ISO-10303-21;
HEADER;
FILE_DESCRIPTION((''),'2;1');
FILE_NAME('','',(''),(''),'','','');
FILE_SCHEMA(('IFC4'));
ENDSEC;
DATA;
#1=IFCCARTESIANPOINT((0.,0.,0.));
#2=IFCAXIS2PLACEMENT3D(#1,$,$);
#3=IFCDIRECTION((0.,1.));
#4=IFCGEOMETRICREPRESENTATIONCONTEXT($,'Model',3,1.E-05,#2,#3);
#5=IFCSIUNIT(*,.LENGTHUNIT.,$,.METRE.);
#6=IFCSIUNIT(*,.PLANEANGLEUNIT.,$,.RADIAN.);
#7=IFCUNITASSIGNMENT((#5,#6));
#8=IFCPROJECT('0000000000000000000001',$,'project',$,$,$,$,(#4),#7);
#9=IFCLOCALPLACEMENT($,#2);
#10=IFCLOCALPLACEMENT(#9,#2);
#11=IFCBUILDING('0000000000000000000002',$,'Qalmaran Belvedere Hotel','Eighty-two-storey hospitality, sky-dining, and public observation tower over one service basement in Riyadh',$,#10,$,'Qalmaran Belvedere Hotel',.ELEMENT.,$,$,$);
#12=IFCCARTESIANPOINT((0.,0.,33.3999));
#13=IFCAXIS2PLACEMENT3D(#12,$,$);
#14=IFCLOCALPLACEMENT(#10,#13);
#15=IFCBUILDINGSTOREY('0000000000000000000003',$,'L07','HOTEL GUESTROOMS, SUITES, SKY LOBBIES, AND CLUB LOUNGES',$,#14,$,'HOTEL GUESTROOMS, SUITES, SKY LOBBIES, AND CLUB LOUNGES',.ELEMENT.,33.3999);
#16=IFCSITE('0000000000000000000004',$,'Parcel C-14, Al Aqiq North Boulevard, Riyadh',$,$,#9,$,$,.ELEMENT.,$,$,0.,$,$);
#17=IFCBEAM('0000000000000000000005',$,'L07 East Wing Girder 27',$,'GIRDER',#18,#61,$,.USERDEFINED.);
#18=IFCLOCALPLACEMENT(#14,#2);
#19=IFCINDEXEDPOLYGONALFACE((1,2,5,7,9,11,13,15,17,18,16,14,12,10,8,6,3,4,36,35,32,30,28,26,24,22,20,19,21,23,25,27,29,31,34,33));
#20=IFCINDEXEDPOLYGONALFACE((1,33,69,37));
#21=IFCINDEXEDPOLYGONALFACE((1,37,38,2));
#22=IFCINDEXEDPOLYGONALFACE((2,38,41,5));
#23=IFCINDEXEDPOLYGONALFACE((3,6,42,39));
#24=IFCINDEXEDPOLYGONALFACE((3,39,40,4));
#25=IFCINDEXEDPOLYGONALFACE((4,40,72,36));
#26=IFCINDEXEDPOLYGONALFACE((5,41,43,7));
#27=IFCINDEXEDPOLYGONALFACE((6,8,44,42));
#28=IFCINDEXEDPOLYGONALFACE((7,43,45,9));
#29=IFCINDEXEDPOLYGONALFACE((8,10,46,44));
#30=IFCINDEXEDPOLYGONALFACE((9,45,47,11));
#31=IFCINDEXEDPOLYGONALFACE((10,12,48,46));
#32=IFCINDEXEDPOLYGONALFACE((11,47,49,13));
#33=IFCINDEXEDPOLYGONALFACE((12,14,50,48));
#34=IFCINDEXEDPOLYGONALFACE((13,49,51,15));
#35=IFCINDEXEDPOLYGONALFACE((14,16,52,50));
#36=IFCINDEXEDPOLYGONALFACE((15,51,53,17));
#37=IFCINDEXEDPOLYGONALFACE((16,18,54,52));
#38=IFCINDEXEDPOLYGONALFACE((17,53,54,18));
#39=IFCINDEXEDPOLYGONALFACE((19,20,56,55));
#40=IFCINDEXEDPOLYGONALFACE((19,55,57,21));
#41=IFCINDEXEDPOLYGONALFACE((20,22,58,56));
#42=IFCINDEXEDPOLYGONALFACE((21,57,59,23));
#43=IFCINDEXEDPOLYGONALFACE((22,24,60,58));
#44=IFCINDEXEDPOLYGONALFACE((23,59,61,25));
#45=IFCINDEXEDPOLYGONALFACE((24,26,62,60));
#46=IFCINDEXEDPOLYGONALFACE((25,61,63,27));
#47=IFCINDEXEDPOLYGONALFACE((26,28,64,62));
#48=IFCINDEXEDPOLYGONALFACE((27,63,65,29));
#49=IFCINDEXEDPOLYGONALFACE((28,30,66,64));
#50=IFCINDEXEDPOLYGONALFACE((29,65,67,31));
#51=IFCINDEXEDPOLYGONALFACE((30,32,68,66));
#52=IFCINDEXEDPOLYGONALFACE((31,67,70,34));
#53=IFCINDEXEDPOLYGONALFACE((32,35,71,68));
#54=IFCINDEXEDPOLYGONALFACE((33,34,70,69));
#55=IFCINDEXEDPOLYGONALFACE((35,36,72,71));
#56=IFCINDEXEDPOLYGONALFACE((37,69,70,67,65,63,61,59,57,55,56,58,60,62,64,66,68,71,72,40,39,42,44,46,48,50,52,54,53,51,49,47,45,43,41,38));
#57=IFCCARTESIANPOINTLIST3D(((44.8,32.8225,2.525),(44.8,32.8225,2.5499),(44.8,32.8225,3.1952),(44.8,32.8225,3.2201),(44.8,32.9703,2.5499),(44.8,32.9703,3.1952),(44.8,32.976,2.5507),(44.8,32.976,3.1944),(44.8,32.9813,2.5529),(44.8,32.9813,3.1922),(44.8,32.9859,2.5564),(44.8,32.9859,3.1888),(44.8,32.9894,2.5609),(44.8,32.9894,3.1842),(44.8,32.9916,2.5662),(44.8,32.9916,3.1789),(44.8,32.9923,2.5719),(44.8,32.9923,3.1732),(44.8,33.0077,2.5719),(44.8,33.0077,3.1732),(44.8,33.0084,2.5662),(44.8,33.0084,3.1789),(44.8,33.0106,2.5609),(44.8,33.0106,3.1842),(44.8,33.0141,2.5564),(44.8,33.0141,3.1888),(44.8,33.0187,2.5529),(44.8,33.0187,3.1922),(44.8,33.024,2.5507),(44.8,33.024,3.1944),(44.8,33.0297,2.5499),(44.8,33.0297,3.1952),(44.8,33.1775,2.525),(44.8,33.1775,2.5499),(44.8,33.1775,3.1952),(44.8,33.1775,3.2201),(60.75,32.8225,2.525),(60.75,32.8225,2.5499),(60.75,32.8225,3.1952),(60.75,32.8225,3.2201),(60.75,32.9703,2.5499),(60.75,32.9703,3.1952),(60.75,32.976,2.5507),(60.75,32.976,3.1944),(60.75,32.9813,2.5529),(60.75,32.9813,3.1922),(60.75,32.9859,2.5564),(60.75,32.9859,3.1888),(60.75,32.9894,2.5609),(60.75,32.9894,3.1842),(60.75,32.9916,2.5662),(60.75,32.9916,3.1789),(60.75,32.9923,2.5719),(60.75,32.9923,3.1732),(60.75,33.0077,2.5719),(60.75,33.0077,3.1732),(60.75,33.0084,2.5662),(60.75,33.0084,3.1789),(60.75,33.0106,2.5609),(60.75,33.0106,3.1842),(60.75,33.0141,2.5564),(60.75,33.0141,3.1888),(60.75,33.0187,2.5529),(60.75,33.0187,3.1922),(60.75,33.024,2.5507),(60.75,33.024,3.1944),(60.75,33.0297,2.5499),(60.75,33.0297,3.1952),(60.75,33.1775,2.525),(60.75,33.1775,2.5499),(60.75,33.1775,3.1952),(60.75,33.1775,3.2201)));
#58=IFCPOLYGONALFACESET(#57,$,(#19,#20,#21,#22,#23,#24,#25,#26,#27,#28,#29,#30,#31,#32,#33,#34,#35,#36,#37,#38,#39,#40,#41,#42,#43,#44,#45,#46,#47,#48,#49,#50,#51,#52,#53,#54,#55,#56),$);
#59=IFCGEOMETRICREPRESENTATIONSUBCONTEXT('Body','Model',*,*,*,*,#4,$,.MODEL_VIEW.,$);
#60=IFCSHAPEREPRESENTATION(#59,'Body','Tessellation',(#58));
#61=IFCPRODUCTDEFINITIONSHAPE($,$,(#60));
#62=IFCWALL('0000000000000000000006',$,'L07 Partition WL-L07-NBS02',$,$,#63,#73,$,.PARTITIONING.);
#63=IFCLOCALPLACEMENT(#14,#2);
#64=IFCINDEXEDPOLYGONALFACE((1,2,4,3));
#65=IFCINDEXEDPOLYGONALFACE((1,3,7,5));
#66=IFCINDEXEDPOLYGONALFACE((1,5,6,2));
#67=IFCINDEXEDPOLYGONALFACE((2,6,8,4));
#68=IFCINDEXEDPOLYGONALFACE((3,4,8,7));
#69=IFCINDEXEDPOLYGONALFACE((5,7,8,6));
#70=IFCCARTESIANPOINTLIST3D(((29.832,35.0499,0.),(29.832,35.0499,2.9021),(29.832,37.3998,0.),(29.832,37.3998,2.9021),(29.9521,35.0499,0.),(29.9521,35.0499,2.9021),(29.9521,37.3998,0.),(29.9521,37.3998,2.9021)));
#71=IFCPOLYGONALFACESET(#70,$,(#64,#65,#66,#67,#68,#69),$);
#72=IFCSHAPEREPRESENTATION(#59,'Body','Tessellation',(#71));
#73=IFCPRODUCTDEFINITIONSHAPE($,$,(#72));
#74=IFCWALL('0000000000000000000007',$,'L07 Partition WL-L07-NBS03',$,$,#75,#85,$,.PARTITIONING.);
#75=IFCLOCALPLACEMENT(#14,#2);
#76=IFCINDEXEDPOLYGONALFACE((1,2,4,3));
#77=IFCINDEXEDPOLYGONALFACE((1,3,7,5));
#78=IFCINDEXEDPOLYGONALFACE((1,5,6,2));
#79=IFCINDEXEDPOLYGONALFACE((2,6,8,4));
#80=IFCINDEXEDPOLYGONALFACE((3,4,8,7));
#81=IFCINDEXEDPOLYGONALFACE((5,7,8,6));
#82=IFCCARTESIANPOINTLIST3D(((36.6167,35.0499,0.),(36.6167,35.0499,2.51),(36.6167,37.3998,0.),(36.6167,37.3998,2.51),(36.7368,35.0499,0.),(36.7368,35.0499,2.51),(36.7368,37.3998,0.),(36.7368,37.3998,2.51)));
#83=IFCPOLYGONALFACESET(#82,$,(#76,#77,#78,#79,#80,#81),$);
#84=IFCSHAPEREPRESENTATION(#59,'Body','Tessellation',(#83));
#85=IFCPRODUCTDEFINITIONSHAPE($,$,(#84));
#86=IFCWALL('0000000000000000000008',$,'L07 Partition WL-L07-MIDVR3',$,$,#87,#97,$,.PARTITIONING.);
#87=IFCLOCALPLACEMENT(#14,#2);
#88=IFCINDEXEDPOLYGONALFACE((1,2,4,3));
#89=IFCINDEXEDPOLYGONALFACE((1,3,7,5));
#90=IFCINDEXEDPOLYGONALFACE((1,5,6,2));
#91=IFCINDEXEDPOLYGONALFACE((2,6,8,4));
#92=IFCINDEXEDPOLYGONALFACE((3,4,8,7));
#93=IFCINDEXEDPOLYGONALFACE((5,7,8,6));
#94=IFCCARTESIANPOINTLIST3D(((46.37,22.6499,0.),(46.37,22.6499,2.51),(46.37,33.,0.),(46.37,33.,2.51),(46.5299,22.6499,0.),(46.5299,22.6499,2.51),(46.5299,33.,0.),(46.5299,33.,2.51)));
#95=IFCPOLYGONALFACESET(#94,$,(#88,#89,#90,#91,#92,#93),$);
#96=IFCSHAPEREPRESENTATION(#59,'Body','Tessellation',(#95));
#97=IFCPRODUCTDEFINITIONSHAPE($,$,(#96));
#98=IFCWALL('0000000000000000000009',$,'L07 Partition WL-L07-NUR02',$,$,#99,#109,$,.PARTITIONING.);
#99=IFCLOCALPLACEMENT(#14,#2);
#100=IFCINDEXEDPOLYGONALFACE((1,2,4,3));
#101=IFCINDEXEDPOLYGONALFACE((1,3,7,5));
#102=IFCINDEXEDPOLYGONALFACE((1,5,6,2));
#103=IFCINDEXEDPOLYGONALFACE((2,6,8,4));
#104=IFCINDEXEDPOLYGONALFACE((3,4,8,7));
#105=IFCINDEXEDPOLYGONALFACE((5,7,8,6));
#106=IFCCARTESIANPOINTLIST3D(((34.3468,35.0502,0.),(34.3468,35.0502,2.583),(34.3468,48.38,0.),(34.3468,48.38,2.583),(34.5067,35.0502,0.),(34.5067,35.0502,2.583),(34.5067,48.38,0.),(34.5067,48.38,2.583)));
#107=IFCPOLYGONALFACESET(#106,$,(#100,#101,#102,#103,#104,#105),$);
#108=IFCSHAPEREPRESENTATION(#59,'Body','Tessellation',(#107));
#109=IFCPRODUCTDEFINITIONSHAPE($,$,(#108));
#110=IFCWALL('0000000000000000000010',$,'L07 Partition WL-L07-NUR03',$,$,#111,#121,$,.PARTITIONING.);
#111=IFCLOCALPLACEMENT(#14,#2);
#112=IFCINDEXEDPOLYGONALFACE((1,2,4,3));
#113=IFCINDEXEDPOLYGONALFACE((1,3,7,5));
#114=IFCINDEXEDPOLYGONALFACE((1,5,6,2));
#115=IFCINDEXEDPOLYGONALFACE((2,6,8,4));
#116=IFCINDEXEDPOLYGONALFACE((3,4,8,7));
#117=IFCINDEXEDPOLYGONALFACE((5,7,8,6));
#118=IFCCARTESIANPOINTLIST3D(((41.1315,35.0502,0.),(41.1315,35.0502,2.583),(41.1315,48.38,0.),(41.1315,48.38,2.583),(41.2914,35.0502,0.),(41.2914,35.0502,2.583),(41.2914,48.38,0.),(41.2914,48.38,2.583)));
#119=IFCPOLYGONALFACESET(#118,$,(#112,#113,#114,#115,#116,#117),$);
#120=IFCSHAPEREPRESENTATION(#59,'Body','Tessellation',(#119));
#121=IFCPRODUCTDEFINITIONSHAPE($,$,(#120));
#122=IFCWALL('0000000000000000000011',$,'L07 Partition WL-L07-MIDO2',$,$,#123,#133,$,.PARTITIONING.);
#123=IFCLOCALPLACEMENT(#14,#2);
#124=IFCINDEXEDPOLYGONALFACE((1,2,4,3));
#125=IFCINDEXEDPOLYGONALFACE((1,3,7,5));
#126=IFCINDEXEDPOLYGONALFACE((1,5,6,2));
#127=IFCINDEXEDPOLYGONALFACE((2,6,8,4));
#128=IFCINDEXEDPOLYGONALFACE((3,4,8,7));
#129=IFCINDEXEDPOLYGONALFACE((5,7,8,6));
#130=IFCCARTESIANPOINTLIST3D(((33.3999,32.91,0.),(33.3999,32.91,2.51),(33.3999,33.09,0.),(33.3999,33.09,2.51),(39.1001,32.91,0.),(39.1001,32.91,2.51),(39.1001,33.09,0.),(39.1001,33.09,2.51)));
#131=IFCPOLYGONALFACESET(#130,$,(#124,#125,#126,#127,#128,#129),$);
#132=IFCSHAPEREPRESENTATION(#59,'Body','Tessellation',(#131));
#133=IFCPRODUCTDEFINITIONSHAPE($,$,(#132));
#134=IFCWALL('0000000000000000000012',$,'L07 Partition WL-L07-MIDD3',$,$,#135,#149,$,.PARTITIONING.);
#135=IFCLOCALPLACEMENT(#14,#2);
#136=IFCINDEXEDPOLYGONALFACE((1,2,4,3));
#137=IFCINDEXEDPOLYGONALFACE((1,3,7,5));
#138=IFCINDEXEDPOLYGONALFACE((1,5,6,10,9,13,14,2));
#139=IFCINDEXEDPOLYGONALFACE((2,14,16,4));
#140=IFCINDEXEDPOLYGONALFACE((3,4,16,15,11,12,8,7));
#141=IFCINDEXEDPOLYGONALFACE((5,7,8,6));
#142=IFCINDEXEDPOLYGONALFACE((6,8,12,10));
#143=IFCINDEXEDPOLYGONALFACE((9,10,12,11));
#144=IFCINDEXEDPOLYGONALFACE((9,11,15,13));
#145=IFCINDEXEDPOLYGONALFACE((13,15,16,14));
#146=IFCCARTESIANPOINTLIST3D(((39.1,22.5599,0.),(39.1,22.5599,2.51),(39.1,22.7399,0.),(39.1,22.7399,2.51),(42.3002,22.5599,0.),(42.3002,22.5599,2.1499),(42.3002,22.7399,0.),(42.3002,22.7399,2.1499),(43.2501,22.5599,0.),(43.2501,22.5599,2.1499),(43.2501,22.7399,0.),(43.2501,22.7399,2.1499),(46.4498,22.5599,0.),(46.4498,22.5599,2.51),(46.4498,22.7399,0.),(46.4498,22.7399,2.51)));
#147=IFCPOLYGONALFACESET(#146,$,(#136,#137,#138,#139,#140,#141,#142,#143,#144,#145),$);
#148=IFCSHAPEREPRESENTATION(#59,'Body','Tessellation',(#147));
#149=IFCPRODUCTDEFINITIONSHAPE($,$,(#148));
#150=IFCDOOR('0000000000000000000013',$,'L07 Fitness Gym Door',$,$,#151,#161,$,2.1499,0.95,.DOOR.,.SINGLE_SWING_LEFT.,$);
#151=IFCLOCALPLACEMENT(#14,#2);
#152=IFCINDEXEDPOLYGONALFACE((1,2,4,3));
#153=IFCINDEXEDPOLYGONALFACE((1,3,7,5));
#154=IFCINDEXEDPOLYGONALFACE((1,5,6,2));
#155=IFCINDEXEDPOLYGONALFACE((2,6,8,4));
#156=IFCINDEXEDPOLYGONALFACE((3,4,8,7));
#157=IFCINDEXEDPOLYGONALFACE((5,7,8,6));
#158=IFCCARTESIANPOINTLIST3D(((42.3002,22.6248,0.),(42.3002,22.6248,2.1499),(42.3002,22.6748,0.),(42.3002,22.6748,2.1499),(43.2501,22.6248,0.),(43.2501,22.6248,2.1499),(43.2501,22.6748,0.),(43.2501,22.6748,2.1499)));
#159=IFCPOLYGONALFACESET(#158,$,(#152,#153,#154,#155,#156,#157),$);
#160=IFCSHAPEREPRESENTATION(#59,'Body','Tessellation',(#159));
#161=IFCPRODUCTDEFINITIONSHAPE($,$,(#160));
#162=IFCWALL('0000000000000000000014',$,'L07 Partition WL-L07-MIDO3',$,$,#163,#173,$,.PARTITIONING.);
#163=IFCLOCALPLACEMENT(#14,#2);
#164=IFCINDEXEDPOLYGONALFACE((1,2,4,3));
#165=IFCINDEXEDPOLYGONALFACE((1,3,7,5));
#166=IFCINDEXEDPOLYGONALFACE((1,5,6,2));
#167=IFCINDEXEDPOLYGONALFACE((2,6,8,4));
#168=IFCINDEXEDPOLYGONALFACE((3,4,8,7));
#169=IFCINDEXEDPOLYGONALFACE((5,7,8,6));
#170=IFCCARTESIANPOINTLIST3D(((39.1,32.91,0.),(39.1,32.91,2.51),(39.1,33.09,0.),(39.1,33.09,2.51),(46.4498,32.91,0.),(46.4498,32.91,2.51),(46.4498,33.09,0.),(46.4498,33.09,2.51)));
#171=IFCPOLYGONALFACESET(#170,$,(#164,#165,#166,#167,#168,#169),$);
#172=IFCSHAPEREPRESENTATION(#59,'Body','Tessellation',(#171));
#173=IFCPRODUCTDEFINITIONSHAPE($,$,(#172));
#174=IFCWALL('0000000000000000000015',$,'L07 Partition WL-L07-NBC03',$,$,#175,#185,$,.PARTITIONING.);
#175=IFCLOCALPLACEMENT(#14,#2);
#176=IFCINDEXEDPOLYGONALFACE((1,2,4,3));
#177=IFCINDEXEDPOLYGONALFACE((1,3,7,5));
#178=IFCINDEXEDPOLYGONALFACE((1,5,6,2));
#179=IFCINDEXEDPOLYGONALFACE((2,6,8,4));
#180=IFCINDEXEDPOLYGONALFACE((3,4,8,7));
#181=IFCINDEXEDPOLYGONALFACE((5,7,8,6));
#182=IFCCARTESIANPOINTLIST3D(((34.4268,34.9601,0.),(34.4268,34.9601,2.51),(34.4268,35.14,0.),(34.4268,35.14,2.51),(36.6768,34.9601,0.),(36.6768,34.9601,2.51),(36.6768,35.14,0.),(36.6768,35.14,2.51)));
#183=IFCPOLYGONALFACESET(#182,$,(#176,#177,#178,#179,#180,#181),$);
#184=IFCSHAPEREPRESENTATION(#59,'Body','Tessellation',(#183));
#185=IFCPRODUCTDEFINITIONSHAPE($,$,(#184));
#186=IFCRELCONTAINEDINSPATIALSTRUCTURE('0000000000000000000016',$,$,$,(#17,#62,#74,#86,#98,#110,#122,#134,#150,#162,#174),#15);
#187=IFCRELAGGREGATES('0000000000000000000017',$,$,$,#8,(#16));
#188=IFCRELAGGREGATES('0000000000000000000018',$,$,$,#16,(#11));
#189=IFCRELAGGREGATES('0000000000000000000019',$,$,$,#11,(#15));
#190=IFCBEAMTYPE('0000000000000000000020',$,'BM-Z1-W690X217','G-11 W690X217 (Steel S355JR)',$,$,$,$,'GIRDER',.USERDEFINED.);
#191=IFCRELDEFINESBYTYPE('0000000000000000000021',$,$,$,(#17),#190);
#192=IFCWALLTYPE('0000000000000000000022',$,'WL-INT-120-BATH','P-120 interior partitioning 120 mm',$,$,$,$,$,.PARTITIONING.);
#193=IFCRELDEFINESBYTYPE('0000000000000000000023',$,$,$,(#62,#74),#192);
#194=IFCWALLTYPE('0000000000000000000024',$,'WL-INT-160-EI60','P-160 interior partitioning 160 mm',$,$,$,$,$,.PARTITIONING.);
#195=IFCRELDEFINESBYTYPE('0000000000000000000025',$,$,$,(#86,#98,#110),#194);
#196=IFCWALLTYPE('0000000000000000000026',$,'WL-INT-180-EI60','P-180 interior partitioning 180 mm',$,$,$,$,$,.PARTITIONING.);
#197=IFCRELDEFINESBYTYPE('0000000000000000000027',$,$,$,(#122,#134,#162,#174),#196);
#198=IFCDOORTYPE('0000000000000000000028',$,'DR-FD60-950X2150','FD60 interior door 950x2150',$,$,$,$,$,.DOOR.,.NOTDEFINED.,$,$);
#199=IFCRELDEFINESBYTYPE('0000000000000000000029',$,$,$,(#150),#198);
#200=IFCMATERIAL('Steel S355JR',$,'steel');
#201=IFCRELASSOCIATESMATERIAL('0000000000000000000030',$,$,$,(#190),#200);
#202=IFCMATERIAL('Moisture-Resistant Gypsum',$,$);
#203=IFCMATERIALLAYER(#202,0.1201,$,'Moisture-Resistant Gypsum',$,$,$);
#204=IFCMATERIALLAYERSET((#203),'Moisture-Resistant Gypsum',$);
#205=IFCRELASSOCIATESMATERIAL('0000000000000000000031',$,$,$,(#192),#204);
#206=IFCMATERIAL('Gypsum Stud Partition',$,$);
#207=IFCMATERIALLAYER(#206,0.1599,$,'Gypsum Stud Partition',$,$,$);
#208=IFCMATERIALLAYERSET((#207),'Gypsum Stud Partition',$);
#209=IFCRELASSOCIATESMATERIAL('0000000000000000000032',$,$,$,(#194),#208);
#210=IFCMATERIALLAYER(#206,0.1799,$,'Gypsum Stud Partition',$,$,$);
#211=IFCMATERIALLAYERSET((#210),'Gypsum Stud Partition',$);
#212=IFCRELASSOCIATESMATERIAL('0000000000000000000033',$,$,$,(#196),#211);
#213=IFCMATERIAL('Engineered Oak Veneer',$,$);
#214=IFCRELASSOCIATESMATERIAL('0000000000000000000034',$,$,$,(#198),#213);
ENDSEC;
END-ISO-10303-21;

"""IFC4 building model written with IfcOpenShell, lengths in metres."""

from ifc_helpers import new_model, si_unit, direction, frame, frame_2d, origin, origin_2d, place, context, subcontext, project, spatial, rectangle, i_section, extrude, material, layer, layer_set, material_profile, profile_set, type_object, element, fill, save


model = new_model("IFC4")

# Units and contexts
model_context = context("Model", 3, precision=1e-05, world=origin(), true_north=direction((0.0, 1.0)))
body_context = subcontext(model_context, "Body", "Model", "MODEL_VIEW")
ifc_project = project(units=[si_unit("LENGTHUNIT", "METRE"), si_unit("PLANEANGLEUNIT", "RADIAN")], contexts=[model_context])

# Site, building, storey
site_placement = place(None, origin())
site = spatial("IfcSite", under=ifc_project, at=site_placement, Name="Parcel C-14, Al Aqiq North Boulevard, Riyadh", CompositionType="ELEMENT", RefElevation=0.0)
building_placement = place(site_placement, origin())
building = spatial("IfcBuilding", under=site, at=building_placement, Name="Qalmaran Belvedere Hotel", Description="Eighty-two-storey hospitality, sky-dining, and public observation tower over one service basement in Riyadh", LongName="Qalmaran Belvedere Hotel", CompositionType="ELEMENT")
storey_placement = place(building_placement, frame((0.0, 0.0, 33.3999)))
storey = spatial("IfcBuildingStorey", under=building, at=storey_placement, Name="L07", Description="HOTEL GUESTROOMS, SUITES, SKY LOBBIES, AND CLUB LOUNGES", LongName="HOTEL GUESTROOMS, SUITES, SKY LOBBIES, AND CLUB LOUNGES", CompositionType="ELEMENT", Elevation=33.3999)

# Beam
ifc_material_1 = material(Name="Steel S355JR", Category="steel")
ifc_material_profile_1 = material_profile(ifc_material_1, i_section(OverallWidth=0.355, OverallDepth=0.6951, WebThickness=0.0154, FlangeThickness=0.0249, FilletRadius=0.022, at=origin_2d()), Name="W690X217")
ifc_profile_set_1 = profile_set([ifc_material_profile_1], Name="Steel S355JR")
beam_type_1 = type_object("IfcBeamType", Name="BM-Z1-W690X217", Description="G-11 W690X217 (Steel S355JR)", ElementType="GIRDER", PredefinedType="USERDEFINED", material=ifc_profile_set_1)
beam_1_placement = place(storey_placement, frame((44.8, 33.0, 2.8726), z_axis=(1.0, 0.0, 0.0), x_axis=(0.0, 1.0, 0.0)))
element("IfcBeam", 1, at=beam_1_placement, inside=storey, type_object=beam_type_1, Name="L07 East Wing Girder 27", ObjectType="GIRDER", PredefinedType="USERDEFINED", context=body_context, shape_type="SweptSolid", body=[
    extrude(i_section(OverallWidth=0.355, OverallDepth=0.6951, WebThickness=0.0154, FlangeThickness=0.0249, FilletRadius=0.022, at=origin_2d()), origin(), (0.0, 0.0, 1.0), 15.95),
])

# Walls
ifc_material_2 = material(Name="Moisture-Resistant Gypsum")
ifc_layer_1 = layer(ifc_material_2, 0.1201, Name="Moisture-Resistant Gypsum")
ifc_layer_set_1 = layer_set([ifc_layer_1], Name="Moisture-Resistant Gypsum")
wall_type_1 = type_object("IfcWallType", Name="WL-INT-120-BATH", Description="P-120 interior partitioning 120 mm", PredefinedType="PARTITIONING", material=ifc_layer_set_1)
wall_1_placement = place(storey_placement, frame((29.8921, 35.05, 0.0), z_axis=(0.0, 0.0, 1.0), x_axis=(0.0, 1.0, 0.0)))
element("IfcWall", 2, at=wall_1_placement, inside=storey, type_object=wall_type_1, Name="L07 Partition WL-L07-NBS02", PredefinedType="PARTITIONING", context=body_context, shape_type="SweptSolid", body=[
    extrude(rectangle(XDim=2.3499, YDim=0.1201, at=frame_2d((1.1748, 0.0))), origin(), (0.0, 0.0, 1.0), 2.9021),
])
wall_2_placement = place(storey_placement, frame((36.6768, 35.05, 0.0), z_axis=(0.0, 0.0, 1.0), x_axis=(0.0, 1.0, 0.0)))
element("IfcWall", 3, at=wall_2_placement, inside=storey, type_object=wall_type_1, Name="L07 Partition WL-L07-NBS03", PredefinedType="PARTITIONING", context=body_context, shape_type="SweptSolid", body=[
    extrude(rectangle(XDim=2.3499, YDim=0.1201, at=frame_2d((1.1748, 0.0))), origin(), (0.0, 0.0, 1.0), 2.51),
])

# Shared definitions
ifc_material_3 = material(Name="Gypsum Stud Partition")

# Walls
ifc_layer_2 = layer(ifc_material_3, 0.1599, Name="Gypsum Stud Partition")
ifc_layer_set_2 = layer_set([ifc_layer_2], Name="Gypsum Stud Partition")
wall_type_2 = type_object("IfcWallType", Name="WL-INT-160-EI60", Description="P-160 interior partitioning 160 mm", PredefinedType="PARTITIONING", material=ifc_layer_set_2)
wall_3_placement = place(storey_placement, frame((46.45, 22.6499, 0.0), z_axis=(0.0, 0.0, 1.0), x_axis=(0.0, 1.0, 0.0)))
element("IfcWall", 4, at=wall_3_placement, inside=storey, type_object=wall_type_2, Name="L07 Partition WL-L07-MIDVR3", PredefinedType="PARTITIONING", context=body_context, shape_type="SweptSolid", body=[
    extrude(rectangle(XDim=10.3501, YDim=0.1599, at=frame_2d((5.175, 0.0))), origin(), (0.0, 0.0, 1.0), 2.51),
])
for number, where, z_axis, x_axis, name in (
    (5, (34.4268, 35.05, 0.0), (0.0, 0.0, 1.0), (0.0, 1.0, 0.0), "L07 Partition WL-L07-NUR02"),
    (6, (41.2114, 35.05, 0.0), (0.0, 0.0, 1.0), (0.0, 1.0, 0.0), "L07 Partition WL-L07-NUR03"),
):
    element("IfcWall", number, at=place(storey_placement, frame(where, z_axis=z_axis, x_axis=x_axis)), inside=storey, type_object=wall_type_2, Name=name, PredefinedType="PARTITIONING", context=body_context, shape_type="SweptSolid", body=[
        extrude(rectangle(XDim=13.3298, YDim=0.1599, at=frame_2d((6.665, 0.0))), origin(), (0.0, 0.0, 1.0), 2.583),
    ])
ifc_layer_3 = layer(ifc_material_3, 0.1799, Name="Gypsum Stud Partition")
ifc_layer_set_3 = layer_set([ifc_layer_3], Name="Gypsum Stud Partition")
wall_type_3 = type_object("IfcWallType", Name="WL-INT-180-EI60", Description="P-180 interior partitioning 180 mm", PredefinedType="PARTITIONING", material=ifc_layer_set_3)
wall_4_placement = place(storey_placement, frame((33.3999, 33.0, 0.0), z_axis=(0.0, 0.0, 1.0), x_axis=(1.0, 0.0, 0.0)))
element("IfcWall", 7, at=wall_4_placement, inside=storey, type_object=wall_type_3, Name="L07 Partition WL-L07-MIDO2", PredefinedType="PARTITIONING", context=body_context, shape_type="SweptSolid", body=[
    extrude(rectangle(XDim=5.7002, YDim=0.1799, at=frame_2d((2.8501, 0.0))), origin(), (0.0, 0.0, 1.0), 2.51),
])

# Wall, opening, door
wall_5_placement = place(storey_placement, frame((39.1001, 22.6499, 0.0), z_axis=(0.0, 0.0, 1.0), x_axis=(1.0, 0.0, 0.0)))
wall_5 = element("IfcWall", 8, at=wall_5_placement, inside=storey, type_object=wall_type_3, Name="L07 Partition WL-L07-MIDD3", PredefinedType="PARTITIONING", context=body_context, shape_type="SweptSolid", body=[
    extrude(rectangle(XDim=7.3499, YDim=0.1799, at=frame_2d((3.6748, 0.0))), origin(), (0.0, 0.0, 1.0), 2.51),
])
opening_1_placement = place(wall_5_placement, frame((3.2, 0.0, 0.0)))
opening_1 = element("IfcOpeningElement", 9, at=opening_1_placement, cuts=wall_5, PredefinedType="OPENING", context=body_context, shape_type="SweptSolid", body=[
    extrude(rectangle(XDim=0.95, YDim=2.1499, at=frame_2d((0.4751, 1.075))), frame((0.0, 0.1001, 0.0), z_axis=(0.0, -1.0, 0.0), x_axis=(1.0, 0.0, 0.0)), (0.0, 0.0, 1.0), 0.2),
])
ifc_material_4 = material(Name="Engineered Oak Veneer")
door_type_1 = type_object("IfcDoorType", Name="DR-FD60-950X2150", Description="FD60 interior door 950x2150", OperationType="NOTDEFINED", PredefinedType="DOOR", material=ifc_material_4)
door_1_placement = place(opening_1_placement, origin())
door_1 = element("IfcDoor", 10, at=door_1_placement, inside=storey, type_object=door_type_1, Name="L07 Fitness Gym Door", OperationType="SINGLE_SWING_LEFT", OverallHeight=2.1499, OverallWidth=0.95, PredefinedType="DOOR", context=body_context, shape_type="SweptSolid", body=[
    extrude(rectangle(XDim=0.95, YDim=2.1499, at=frame_2d((0.4751, 1.075))), frame((0.0, 0.0249, 0.0), z_axis=(0.0, -1.0, 0.0), x_axis=(1.0, 0.0, 0.0)), (0.0, 0.0, 1.0), 0.05),
])
fill(opening_1, door_1)

# Wall
wall_6_placement = place(storey_placement, frame((39.1001, 33.0, 0.0), z_axis=(0.0, 0.0, 1.0), x_axis=(1.0, 0.0, 0.0)))
element("IfcWall", 11, at=wall_6_placement, inside=storey, type_object=wall_type_3, Name="L07 Partition WL-L07-MIDO3", PredefinedType="PARTITIONING", context=body_context, shape_type="SweptSolid", body=[
    extrude(rectangle(XDim=7.3499, YDim=0.1799, at=frame_2d((3.6748, 0.0))), origin(), (0.0, 0.0, 1.0), 2.51),
])

# Wall
wall_7_placement = place(storey_placement, frame((34.4268, 35.05, 0.0), z_axis=(0.0, 0.0, 1.0), x_axis=(1.0, 0.0, 0.0)))
element("IfcWall", 12, at=wall_7_placement, inside=storey, type_object=wall_type_3, Name="L07 Partition WL-L07-NBC03", PredefinedType="PARTITIONING", context=body_context, shape_type="SweptSolid", body=[
    extrude(rectangle(XDim=2.25, YDim=0.1799, at=frame_2d((1.125, 0.0))), origin(), (0.0, 0.0, 1.0), 2.51),
])

save(model, "model.ifc")
